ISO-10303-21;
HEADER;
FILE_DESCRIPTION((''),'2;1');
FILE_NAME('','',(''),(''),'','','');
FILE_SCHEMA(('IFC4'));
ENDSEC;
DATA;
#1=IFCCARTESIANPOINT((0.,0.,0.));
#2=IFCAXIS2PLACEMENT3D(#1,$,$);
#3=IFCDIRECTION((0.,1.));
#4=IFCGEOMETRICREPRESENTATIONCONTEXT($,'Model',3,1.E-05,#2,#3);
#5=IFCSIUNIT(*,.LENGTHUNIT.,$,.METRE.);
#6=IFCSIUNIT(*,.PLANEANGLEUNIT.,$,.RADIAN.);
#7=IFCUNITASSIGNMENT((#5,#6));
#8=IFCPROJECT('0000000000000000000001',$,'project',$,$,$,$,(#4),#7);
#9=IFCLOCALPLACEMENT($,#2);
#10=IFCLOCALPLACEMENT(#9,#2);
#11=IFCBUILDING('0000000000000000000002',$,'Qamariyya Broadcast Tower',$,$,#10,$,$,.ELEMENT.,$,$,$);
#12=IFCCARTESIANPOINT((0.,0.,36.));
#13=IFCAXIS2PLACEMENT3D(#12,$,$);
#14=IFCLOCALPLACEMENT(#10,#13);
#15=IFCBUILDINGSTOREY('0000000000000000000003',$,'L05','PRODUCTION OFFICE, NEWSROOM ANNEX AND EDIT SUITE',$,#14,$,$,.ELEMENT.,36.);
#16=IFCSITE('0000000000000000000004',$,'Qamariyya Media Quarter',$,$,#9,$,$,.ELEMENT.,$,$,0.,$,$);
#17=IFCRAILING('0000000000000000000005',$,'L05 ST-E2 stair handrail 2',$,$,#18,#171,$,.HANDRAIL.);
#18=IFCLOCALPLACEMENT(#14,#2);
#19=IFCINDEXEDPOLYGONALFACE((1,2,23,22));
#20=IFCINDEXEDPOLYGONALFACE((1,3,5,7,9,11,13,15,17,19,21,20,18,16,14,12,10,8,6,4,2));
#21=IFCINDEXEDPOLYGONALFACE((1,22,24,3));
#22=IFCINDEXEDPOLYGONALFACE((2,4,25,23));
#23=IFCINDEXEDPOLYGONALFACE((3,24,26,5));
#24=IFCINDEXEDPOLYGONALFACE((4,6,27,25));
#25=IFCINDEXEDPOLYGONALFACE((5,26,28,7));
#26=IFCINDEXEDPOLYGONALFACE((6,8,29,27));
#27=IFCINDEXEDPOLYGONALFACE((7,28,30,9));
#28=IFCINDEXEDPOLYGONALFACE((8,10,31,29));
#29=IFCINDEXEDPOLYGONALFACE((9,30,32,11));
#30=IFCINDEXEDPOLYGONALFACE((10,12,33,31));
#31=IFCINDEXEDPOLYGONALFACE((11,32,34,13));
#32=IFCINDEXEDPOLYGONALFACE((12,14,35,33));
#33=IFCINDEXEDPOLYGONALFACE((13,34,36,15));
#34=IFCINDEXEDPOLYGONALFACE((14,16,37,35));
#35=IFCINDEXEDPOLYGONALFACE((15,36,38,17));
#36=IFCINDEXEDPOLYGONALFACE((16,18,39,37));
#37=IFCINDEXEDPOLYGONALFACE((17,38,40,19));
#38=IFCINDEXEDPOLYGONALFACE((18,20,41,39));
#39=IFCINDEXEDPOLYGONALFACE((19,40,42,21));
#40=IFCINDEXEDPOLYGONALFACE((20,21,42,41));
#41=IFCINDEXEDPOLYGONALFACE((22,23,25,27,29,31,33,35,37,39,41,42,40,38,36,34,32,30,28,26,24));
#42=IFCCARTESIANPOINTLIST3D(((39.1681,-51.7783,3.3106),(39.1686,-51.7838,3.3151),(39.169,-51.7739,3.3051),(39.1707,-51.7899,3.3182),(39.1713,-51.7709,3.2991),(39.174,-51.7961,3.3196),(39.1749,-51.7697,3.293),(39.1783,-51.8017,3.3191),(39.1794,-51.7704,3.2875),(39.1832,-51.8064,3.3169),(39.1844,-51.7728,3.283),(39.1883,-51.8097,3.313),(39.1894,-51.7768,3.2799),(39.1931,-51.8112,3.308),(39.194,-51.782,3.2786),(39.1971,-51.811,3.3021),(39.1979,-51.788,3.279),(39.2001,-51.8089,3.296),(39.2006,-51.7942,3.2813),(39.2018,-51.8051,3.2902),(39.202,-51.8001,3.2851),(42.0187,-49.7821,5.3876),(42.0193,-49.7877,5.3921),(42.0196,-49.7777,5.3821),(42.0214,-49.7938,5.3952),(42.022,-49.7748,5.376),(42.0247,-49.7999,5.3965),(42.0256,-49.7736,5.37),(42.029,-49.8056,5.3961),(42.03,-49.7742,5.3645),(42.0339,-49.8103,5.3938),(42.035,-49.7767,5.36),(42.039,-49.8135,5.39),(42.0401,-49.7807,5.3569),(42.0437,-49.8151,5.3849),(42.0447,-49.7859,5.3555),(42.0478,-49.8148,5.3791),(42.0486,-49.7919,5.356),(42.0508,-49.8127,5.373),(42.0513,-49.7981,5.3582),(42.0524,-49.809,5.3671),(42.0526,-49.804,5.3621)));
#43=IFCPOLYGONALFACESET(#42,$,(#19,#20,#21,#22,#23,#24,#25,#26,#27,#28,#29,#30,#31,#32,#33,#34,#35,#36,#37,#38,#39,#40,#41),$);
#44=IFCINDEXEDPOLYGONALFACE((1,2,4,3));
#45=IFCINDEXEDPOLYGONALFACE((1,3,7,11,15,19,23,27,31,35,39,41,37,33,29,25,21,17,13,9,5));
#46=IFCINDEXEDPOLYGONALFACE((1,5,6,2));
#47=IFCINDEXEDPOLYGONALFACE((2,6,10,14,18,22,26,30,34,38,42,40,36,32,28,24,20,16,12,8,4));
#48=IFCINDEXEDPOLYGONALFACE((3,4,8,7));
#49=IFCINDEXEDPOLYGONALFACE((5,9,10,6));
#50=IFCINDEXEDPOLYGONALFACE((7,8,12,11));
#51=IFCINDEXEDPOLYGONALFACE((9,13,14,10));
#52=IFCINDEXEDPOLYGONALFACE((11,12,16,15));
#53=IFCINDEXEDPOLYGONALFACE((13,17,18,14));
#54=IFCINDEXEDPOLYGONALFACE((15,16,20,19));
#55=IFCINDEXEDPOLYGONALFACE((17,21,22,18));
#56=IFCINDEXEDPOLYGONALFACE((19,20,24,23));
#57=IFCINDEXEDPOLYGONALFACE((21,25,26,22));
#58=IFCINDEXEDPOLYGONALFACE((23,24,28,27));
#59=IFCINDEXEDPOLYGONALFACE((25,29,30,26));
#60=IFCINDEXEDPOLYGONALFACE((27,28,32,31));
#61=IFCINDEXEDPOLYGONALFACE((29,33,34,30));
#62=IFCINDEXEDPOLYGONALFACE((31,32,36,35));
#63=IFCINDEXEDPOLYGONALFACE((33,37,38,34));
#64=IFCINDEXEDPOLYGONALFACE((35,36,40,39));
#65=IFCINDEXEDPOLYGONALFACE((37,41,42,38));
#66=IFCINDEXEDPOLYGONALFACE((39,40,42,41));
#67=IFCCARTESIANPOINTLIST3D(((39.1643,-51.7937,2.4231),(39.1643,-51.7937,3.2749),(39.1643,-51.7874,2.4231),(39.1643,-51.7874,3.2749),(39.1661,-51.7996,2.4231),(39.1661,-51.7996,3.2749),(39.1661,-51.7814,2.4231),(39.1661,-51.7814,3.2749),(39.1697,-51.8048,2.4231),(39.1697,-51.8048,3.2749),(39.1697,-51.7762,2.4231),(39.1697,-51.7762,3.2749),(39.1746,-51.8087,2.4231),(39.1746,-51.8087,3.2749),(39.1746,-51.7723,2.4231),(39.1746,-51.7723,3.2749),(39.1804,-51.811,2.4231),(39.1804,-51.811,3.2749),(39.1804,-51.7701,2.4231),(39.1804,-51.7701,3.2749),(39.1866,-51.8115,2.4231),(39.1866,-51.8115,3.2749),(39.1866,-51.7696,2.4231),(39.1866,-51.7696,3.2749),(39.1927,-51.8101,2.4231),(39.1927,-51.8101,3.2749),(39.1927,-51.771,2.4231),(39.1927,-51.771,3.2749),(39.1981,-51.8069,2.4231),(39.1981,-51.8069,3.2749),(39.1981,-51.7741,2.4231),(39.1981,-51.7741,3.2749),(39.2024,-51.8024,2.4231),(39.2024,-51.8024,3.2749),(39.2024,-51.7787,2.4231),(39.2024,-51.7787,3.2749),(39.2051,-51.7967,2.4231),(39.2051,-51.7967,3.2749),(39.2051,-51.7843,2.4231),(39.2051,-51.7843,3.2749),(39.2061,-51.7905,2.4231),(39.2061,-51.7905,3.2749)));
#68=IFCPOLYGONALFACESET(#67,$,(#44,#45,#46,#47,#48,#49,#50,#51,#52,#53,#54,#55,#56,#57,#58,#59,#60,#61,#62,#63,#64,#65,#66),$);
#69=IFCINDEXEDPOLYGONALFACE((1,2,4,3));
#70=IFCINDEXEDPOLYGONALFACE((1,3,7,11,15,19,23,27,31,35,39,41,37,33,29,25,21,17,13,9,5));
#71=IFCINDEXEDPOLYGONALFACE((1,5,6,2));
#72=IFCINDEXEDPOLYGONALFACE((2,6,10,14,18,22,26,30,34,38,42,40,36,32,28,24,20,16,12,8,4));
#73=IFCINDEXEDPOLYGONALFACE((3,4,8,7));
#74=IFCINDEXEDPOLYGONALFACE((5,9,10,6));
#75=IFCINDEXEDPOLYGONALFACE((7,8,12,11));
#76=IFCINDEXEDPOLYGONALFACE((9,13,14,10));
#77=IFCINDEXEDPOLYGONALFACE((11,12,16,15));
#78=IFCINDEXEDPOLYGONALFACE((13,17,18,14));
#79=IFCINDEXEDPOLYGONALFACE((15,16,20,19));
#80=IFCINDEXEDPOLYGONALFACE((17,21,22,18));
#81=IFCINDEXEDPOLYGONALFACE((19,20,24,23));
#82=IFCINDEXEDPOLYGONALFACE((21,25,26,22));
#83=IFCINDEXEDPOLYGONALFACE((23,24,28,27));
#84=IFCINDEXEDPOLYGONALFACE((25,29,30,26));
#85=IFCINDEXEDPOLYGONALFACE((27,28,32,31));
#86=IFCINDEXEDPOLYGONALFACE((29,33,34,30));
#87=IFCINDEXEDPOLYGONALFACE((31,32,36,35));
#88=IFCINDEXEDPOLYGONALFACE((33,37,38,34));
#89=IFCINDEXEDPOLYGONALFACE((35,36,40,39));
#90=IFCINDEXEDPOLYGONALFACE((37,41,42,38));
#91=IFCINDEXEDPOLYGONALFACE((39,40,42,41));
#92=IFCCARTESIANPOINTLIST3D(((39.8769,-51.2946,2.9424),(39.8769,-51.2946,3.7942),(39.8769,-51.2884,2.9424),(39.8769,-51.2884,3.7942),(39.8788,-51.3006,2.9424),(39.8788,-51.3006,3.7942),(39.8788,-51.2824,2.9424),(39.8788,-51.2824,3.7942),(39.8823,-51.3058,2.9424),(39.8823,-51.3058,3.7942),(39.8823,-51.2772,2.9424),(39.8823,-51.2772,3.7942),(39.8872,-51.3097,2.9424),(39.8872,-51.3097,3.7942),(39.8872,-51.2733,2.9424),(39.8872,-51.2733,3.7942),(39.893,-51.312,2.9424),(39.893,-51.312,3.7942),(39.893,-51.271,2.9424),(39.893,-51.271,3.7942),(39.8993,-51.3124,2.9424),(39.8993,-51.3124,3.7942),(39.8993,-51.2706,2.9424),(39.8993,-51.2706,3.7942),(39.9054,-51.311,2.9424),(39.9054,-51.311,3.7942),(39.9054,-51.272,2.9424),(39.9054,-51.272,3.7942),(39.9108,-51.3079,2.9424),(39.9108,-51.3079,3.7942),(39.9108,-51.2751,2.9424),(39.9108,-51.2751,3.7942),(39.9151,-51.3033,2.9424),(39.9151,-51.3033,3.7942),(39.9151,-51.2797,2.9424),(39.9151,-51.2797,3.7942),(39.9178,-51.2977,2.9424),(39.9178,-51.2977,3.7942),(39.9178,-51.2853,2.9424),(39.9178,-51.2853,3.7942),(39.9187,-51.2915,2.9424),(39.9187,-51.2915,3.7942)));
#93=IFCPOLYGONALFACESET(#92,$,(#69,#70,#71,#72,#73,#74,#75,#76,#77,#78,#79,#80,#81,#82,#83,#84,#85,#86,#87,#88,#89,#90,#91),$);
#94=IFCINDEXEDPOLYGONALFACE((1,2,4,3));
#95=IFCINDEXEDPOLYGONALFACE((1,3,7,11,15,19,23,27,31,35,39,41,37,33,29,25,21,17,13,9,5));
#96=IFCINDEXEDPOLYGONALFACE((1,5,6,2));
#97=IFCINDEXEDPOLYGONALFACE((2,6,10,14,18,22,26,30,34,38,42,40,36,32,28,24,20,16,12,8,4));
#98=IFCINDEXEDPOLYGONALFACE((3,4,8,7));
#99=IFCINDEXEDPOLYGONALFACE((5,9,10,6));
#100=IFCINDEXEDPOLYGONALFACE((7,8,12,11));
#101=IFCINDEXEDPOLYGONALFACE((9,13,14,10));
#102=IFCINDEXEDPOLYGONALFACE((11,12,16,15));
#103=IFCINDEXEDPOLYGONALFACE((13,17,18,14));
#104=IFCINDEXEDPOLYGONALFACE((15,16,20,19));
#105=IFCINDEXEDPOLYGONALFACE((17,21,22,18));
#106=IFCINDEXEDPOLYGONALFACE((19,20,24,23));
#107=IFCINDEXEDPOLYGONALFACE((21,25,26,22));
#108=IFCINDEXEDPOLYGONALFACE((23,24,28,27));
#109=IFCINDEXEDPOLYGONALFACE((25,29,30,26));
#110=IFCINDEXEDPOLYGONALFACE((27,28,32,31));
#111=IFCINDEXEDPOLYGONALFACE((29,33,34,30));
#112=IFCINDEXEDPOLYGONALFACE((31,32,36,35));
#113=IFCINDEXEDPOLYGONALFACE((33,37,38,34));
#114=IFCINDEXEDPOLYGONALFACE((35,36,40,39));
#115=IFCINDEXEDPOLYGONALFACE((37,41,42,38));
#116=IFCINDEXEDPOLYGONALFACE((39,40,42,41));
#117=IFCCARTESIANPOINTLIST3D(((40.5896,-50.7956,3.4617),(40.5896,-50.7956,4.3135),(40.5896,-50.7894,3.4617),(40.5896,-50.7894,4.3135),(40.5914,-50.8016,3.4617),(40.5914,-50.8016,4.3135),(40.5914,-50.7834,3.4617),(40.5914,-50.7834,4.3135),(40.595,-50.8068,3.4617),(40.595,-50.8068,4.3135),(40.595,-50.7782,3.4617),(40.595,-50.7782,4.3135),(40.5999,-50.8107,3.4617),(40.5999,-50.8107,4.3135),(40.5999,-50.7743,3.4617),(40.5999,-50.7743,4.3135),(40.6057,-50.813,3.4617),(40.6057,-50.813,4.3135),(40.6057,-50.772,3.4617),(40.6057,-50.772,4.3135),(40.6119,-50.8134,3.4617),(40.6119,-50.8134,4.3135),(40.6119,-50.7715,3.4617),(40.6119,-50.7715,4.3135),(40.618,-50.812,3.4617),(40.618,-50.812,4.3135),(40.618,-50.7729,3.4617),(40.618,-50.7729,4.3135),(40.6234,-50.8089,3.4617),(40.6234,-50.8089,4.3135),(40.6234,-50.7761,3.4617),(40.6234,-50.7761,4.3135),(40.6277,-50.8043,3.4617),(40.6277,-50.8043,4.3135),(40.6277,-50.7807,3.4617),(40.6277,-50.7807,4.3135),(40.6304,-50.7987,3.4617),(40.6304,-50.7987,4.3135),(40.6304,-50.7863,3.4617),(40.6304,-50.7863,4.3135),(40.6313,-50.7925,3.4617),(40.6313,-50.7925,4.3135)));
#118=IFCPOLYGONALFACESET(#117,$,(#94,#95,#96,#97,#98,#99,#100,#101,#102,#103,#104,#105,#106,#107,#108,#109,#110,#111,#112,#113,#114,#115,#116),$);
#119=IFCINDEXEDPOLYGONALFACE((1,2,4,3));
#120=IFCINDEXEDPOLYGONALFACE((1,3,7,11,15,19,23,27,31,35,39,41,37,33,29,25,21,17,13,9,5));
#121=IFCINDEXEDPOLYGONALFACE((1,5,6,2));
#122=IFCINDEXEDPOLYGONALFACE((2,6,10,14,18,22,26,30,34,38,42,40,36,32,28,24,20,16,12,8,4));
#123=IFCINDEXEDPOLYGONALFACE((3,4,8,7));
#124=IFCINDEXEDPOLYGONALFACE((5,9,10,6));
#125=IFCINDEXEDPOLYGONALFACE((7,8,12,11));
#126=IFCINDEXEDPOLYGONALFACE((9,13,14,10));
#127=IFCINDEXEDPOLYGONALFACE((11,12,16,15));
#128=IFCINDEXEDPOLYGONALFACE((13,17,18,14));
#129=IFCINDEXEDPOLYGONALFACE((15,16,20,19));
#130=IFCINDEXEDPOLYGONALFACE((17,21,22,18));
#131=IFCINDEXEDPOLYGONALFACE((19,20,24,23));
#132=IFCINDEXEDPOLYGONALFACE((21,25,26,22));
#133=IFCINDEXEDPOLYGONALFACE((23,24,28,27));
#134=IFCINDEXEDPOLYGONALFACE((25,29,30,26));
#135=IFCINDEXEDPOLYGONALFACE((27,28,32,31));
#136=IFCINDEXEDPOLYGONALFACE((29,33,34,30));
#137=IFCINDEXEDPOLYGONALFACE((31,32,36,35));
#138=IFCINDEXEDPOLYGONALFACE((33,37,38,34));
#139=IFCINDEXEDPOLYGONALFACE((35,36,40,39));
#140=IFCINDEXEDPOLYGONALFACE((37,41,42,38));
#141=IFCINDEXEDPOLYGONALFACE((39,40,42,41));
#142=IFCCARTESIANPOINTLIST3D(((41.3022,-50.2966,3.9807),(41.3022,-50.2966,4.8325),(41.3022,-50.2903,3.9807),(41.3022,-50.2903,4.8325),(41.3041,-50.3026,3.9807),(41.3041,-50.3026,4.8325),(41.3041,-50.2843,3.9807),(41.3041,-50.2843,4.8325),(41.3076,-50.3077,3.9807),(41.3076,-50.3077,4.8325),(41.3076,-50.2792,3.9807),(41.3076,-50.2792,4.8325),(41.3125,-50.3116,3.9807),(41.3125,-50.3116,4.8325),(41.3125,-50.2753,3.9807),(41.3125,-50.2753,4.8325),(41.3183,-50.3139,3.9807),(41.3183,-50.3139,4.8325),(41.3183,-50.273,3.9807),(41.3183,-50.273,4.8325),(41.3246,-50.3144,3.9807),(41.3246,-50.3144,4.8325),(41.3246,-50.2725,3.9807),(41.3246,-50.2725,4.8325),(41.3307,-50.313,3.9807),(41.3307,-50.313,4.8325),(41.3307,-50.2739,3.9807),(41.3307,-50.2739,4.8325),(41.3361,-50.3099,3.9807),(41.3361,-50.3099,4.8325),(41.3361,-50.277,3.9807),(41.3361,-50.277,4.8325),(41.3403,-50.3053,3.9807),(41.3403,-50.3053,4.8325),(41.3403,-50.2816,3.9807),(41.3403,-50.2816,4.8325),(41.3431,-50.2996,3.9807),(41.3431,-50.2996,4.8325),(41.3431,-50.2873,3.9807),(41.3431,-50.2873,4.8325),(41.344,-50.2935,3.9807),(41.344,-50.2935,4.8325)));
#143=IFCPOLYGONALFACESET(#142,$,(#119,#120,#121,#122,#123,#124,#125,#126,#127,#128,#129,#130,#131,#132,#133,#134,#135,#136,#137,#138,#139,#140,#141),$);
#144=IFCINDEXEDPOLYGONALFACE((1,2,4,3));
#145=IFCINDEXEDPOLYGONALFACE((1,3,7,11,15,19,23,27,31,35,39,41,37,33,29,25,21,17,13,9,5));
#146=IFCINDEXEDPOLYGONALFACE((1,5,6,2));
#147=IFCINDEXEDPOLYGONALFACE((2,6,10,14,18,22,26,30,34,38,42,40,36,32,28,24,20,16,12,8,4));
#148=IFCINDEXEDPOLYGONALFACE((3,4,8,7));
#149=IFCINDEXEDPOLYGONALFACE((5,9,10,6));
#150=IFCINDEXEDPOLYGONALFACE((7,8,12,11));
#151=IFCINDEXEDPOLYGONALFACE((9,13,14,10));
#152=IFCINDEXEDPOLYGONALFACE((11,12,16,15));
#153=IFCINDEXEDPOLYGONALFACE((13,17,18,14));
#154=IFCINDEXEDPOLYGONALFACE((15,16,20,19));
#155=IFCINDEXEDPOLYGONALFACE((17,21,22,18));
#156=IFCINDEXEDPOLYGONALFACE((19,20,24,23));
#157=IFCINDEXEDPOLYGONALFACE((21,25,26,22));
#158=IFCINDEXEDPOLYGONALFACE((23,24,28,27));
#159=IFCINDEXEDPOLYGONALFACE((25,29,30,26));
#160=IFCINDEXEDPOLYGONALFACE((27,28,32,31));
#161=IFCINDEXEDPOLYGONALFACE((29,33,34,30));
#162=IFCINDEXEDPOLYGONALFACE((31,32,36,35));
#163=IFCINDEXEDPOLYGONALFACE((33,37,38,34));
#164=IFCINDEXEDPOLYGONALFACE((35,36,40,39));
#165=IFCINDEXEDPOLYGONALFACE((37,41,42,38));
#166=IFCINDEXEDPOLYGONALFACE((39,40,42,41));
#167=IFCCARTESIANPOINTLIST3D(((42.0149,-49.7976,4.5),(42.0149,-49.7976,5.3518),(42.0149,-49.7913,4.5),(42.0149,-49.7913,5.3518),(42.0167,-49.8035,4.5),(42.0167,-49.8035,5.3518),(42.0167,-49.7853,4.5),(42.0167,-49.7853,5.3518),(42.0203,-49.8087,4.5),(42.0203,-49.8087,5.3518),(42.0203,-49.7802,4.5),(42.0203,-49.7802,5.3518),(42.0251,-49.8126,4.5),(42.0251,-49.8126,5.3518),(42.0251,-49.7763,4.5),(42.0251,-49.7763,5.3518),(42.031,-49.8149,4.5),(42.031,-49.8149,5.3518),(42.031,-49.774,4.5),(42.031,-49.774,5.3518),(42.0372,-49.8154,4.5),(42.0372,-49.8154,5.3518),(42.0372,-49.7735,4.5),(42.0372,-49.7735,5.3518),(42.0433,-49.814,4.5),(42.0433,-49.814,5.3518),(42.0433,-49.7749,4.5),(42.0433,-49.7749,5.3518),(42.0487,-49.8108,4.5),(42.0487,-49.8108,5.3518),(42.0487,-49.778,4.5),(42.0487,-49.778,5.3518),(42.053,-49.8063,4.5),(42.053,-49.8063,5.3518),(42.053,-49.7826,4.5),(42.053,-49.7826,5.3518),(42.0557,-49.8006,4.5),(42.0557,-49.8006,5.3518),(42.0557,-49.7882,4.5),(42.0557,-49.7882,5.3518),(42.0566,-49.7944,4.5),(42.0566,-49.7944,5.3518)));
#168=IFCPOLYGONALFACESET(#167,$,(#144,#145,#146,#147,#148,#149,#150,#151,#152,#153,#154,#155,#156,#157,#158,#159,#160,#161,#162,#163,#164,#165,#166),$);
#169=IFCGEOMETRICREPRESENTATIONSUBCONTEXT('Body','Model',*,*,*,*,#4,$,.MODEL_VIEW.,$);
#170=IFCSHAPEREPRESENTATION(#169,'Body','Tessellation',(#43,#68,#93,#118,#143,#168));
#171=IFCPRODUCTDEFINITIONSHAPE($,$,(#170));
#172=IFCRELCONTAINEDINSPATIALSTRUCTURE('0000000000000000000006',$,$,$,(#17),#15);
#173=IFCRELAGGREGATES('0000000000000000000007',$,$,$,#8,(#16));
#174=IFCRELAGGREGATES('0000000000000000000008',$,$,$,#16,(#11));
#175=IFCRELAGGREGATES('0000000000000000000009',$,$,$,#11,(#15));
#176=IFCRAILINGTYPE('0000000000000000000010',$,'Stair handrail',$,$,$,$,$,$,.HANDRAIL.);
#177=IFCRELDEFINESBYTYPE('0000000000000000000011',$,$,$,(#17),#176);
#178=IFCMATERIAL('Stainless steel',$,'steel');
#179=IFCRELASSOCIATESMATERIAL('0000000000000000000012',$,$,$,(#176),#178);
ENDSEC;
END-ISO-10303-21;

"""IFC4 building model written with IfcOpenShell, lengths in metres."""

from ifc_helpers import new_model, si_unit, direction, frame, origin, origin_2d, place, context, subcontext, project, spatial, circle, extrude, material, type_object, element, save


model = new_model("IFC4")

# Units and contexts
model_context = context("Model", 3, precision=1e-05, world=origin(), true_north=direction((0.0, 1.0)))
body_context = subcontext(model_context, "Body", "Model", "MODEL_VIEW")
ifc_project = project(units=[si_unit("LENGTHUNIT", "METRE"), si_unit("PLANEANGLEUNIT", "RADIAN")], contexts=[model_context])

# Site, building, storey
site_placement = place(None, origin())
site = spatial("IfcSite", under=ifc_project, at=site_placement, Name="Qamariyya Media Quarter", CompositionType="ELEMENT", RefElevation=0.0)
building_placement = place(site_placement, origin())
building = spatial("IfcBuilding", under=site, at=building_placement, Name="Qamariyya Broadcast Tower", CompositionType="ELEMENT")
storey_placement = place(building_placement, frame((0.0, 0.0, 36.0)))
storey = spatial("IfcBuildingStorey", under=building, at=storey_placement, Name="L05", Description="PRODUCTION OFFICE, NEWSROOM ANNEX AND EDIT SUITE", CompositionType="ELEMENT", Elevation=36.0)

# Railing
ifc_material_1 = material(Name="Stainless steel", Category="steel")
railing_type_1 = type_object("IfcRailingType", Name="Stair handrail", PredefinedType="HANDRAIL", material=ifc_material_1)
railing_1_placement = place(storey_placement, frame((39.1851, -51.7905, 2.4231)))
element("IfcRailing", 1, at=railing_1_placement, inside=storey, type_object=railing_type_1, Name="L05 ST-E2 stair handrail 2", PredefinedType="HANDRAIL", context=body_context, shape_type="SweptSolid", body=[
    extrude(circle(Radius=0.0239, at=origin_2d()), frame((0.0, 0.0, 0.876), z_axis=(0.703393, 0.492544, 0.512484), x_axis=(-0.573594, 0.81914, 0.0)), (0.0, 0.0, 1.0), 4.0527),
    extrude(circle(Radius=0.021, at=origin_2d()), origin(), (0.0, 0.0, 1.0), 0.8518),
    extrude(circle(Radius=0.021, at=origin_2d()), frame((0.7126, 0.499, 0.5193)), (0.0, 0.0, 1.0), 0.8518),
    extrude(circle(Radius=0.021, at=origin_2d()), frame((1.4253, 0.998, 1.0386)), (0.0, 0.0, 1.0), 0.8518),
    extrude(circle(Radius=0.021, at=origin_2d()), frame((2.1379, 1.4971, 1.5576)), (0.0, 0.0, 1.0), 0.8518),
    extrude(circle(Radius=0.021, at=origin_2d()), frame((2.8506, 1.9961, 2.0769)), (0.0, 0.0, 1.0), 0.8518),
])

save(model, "model.ifc")
